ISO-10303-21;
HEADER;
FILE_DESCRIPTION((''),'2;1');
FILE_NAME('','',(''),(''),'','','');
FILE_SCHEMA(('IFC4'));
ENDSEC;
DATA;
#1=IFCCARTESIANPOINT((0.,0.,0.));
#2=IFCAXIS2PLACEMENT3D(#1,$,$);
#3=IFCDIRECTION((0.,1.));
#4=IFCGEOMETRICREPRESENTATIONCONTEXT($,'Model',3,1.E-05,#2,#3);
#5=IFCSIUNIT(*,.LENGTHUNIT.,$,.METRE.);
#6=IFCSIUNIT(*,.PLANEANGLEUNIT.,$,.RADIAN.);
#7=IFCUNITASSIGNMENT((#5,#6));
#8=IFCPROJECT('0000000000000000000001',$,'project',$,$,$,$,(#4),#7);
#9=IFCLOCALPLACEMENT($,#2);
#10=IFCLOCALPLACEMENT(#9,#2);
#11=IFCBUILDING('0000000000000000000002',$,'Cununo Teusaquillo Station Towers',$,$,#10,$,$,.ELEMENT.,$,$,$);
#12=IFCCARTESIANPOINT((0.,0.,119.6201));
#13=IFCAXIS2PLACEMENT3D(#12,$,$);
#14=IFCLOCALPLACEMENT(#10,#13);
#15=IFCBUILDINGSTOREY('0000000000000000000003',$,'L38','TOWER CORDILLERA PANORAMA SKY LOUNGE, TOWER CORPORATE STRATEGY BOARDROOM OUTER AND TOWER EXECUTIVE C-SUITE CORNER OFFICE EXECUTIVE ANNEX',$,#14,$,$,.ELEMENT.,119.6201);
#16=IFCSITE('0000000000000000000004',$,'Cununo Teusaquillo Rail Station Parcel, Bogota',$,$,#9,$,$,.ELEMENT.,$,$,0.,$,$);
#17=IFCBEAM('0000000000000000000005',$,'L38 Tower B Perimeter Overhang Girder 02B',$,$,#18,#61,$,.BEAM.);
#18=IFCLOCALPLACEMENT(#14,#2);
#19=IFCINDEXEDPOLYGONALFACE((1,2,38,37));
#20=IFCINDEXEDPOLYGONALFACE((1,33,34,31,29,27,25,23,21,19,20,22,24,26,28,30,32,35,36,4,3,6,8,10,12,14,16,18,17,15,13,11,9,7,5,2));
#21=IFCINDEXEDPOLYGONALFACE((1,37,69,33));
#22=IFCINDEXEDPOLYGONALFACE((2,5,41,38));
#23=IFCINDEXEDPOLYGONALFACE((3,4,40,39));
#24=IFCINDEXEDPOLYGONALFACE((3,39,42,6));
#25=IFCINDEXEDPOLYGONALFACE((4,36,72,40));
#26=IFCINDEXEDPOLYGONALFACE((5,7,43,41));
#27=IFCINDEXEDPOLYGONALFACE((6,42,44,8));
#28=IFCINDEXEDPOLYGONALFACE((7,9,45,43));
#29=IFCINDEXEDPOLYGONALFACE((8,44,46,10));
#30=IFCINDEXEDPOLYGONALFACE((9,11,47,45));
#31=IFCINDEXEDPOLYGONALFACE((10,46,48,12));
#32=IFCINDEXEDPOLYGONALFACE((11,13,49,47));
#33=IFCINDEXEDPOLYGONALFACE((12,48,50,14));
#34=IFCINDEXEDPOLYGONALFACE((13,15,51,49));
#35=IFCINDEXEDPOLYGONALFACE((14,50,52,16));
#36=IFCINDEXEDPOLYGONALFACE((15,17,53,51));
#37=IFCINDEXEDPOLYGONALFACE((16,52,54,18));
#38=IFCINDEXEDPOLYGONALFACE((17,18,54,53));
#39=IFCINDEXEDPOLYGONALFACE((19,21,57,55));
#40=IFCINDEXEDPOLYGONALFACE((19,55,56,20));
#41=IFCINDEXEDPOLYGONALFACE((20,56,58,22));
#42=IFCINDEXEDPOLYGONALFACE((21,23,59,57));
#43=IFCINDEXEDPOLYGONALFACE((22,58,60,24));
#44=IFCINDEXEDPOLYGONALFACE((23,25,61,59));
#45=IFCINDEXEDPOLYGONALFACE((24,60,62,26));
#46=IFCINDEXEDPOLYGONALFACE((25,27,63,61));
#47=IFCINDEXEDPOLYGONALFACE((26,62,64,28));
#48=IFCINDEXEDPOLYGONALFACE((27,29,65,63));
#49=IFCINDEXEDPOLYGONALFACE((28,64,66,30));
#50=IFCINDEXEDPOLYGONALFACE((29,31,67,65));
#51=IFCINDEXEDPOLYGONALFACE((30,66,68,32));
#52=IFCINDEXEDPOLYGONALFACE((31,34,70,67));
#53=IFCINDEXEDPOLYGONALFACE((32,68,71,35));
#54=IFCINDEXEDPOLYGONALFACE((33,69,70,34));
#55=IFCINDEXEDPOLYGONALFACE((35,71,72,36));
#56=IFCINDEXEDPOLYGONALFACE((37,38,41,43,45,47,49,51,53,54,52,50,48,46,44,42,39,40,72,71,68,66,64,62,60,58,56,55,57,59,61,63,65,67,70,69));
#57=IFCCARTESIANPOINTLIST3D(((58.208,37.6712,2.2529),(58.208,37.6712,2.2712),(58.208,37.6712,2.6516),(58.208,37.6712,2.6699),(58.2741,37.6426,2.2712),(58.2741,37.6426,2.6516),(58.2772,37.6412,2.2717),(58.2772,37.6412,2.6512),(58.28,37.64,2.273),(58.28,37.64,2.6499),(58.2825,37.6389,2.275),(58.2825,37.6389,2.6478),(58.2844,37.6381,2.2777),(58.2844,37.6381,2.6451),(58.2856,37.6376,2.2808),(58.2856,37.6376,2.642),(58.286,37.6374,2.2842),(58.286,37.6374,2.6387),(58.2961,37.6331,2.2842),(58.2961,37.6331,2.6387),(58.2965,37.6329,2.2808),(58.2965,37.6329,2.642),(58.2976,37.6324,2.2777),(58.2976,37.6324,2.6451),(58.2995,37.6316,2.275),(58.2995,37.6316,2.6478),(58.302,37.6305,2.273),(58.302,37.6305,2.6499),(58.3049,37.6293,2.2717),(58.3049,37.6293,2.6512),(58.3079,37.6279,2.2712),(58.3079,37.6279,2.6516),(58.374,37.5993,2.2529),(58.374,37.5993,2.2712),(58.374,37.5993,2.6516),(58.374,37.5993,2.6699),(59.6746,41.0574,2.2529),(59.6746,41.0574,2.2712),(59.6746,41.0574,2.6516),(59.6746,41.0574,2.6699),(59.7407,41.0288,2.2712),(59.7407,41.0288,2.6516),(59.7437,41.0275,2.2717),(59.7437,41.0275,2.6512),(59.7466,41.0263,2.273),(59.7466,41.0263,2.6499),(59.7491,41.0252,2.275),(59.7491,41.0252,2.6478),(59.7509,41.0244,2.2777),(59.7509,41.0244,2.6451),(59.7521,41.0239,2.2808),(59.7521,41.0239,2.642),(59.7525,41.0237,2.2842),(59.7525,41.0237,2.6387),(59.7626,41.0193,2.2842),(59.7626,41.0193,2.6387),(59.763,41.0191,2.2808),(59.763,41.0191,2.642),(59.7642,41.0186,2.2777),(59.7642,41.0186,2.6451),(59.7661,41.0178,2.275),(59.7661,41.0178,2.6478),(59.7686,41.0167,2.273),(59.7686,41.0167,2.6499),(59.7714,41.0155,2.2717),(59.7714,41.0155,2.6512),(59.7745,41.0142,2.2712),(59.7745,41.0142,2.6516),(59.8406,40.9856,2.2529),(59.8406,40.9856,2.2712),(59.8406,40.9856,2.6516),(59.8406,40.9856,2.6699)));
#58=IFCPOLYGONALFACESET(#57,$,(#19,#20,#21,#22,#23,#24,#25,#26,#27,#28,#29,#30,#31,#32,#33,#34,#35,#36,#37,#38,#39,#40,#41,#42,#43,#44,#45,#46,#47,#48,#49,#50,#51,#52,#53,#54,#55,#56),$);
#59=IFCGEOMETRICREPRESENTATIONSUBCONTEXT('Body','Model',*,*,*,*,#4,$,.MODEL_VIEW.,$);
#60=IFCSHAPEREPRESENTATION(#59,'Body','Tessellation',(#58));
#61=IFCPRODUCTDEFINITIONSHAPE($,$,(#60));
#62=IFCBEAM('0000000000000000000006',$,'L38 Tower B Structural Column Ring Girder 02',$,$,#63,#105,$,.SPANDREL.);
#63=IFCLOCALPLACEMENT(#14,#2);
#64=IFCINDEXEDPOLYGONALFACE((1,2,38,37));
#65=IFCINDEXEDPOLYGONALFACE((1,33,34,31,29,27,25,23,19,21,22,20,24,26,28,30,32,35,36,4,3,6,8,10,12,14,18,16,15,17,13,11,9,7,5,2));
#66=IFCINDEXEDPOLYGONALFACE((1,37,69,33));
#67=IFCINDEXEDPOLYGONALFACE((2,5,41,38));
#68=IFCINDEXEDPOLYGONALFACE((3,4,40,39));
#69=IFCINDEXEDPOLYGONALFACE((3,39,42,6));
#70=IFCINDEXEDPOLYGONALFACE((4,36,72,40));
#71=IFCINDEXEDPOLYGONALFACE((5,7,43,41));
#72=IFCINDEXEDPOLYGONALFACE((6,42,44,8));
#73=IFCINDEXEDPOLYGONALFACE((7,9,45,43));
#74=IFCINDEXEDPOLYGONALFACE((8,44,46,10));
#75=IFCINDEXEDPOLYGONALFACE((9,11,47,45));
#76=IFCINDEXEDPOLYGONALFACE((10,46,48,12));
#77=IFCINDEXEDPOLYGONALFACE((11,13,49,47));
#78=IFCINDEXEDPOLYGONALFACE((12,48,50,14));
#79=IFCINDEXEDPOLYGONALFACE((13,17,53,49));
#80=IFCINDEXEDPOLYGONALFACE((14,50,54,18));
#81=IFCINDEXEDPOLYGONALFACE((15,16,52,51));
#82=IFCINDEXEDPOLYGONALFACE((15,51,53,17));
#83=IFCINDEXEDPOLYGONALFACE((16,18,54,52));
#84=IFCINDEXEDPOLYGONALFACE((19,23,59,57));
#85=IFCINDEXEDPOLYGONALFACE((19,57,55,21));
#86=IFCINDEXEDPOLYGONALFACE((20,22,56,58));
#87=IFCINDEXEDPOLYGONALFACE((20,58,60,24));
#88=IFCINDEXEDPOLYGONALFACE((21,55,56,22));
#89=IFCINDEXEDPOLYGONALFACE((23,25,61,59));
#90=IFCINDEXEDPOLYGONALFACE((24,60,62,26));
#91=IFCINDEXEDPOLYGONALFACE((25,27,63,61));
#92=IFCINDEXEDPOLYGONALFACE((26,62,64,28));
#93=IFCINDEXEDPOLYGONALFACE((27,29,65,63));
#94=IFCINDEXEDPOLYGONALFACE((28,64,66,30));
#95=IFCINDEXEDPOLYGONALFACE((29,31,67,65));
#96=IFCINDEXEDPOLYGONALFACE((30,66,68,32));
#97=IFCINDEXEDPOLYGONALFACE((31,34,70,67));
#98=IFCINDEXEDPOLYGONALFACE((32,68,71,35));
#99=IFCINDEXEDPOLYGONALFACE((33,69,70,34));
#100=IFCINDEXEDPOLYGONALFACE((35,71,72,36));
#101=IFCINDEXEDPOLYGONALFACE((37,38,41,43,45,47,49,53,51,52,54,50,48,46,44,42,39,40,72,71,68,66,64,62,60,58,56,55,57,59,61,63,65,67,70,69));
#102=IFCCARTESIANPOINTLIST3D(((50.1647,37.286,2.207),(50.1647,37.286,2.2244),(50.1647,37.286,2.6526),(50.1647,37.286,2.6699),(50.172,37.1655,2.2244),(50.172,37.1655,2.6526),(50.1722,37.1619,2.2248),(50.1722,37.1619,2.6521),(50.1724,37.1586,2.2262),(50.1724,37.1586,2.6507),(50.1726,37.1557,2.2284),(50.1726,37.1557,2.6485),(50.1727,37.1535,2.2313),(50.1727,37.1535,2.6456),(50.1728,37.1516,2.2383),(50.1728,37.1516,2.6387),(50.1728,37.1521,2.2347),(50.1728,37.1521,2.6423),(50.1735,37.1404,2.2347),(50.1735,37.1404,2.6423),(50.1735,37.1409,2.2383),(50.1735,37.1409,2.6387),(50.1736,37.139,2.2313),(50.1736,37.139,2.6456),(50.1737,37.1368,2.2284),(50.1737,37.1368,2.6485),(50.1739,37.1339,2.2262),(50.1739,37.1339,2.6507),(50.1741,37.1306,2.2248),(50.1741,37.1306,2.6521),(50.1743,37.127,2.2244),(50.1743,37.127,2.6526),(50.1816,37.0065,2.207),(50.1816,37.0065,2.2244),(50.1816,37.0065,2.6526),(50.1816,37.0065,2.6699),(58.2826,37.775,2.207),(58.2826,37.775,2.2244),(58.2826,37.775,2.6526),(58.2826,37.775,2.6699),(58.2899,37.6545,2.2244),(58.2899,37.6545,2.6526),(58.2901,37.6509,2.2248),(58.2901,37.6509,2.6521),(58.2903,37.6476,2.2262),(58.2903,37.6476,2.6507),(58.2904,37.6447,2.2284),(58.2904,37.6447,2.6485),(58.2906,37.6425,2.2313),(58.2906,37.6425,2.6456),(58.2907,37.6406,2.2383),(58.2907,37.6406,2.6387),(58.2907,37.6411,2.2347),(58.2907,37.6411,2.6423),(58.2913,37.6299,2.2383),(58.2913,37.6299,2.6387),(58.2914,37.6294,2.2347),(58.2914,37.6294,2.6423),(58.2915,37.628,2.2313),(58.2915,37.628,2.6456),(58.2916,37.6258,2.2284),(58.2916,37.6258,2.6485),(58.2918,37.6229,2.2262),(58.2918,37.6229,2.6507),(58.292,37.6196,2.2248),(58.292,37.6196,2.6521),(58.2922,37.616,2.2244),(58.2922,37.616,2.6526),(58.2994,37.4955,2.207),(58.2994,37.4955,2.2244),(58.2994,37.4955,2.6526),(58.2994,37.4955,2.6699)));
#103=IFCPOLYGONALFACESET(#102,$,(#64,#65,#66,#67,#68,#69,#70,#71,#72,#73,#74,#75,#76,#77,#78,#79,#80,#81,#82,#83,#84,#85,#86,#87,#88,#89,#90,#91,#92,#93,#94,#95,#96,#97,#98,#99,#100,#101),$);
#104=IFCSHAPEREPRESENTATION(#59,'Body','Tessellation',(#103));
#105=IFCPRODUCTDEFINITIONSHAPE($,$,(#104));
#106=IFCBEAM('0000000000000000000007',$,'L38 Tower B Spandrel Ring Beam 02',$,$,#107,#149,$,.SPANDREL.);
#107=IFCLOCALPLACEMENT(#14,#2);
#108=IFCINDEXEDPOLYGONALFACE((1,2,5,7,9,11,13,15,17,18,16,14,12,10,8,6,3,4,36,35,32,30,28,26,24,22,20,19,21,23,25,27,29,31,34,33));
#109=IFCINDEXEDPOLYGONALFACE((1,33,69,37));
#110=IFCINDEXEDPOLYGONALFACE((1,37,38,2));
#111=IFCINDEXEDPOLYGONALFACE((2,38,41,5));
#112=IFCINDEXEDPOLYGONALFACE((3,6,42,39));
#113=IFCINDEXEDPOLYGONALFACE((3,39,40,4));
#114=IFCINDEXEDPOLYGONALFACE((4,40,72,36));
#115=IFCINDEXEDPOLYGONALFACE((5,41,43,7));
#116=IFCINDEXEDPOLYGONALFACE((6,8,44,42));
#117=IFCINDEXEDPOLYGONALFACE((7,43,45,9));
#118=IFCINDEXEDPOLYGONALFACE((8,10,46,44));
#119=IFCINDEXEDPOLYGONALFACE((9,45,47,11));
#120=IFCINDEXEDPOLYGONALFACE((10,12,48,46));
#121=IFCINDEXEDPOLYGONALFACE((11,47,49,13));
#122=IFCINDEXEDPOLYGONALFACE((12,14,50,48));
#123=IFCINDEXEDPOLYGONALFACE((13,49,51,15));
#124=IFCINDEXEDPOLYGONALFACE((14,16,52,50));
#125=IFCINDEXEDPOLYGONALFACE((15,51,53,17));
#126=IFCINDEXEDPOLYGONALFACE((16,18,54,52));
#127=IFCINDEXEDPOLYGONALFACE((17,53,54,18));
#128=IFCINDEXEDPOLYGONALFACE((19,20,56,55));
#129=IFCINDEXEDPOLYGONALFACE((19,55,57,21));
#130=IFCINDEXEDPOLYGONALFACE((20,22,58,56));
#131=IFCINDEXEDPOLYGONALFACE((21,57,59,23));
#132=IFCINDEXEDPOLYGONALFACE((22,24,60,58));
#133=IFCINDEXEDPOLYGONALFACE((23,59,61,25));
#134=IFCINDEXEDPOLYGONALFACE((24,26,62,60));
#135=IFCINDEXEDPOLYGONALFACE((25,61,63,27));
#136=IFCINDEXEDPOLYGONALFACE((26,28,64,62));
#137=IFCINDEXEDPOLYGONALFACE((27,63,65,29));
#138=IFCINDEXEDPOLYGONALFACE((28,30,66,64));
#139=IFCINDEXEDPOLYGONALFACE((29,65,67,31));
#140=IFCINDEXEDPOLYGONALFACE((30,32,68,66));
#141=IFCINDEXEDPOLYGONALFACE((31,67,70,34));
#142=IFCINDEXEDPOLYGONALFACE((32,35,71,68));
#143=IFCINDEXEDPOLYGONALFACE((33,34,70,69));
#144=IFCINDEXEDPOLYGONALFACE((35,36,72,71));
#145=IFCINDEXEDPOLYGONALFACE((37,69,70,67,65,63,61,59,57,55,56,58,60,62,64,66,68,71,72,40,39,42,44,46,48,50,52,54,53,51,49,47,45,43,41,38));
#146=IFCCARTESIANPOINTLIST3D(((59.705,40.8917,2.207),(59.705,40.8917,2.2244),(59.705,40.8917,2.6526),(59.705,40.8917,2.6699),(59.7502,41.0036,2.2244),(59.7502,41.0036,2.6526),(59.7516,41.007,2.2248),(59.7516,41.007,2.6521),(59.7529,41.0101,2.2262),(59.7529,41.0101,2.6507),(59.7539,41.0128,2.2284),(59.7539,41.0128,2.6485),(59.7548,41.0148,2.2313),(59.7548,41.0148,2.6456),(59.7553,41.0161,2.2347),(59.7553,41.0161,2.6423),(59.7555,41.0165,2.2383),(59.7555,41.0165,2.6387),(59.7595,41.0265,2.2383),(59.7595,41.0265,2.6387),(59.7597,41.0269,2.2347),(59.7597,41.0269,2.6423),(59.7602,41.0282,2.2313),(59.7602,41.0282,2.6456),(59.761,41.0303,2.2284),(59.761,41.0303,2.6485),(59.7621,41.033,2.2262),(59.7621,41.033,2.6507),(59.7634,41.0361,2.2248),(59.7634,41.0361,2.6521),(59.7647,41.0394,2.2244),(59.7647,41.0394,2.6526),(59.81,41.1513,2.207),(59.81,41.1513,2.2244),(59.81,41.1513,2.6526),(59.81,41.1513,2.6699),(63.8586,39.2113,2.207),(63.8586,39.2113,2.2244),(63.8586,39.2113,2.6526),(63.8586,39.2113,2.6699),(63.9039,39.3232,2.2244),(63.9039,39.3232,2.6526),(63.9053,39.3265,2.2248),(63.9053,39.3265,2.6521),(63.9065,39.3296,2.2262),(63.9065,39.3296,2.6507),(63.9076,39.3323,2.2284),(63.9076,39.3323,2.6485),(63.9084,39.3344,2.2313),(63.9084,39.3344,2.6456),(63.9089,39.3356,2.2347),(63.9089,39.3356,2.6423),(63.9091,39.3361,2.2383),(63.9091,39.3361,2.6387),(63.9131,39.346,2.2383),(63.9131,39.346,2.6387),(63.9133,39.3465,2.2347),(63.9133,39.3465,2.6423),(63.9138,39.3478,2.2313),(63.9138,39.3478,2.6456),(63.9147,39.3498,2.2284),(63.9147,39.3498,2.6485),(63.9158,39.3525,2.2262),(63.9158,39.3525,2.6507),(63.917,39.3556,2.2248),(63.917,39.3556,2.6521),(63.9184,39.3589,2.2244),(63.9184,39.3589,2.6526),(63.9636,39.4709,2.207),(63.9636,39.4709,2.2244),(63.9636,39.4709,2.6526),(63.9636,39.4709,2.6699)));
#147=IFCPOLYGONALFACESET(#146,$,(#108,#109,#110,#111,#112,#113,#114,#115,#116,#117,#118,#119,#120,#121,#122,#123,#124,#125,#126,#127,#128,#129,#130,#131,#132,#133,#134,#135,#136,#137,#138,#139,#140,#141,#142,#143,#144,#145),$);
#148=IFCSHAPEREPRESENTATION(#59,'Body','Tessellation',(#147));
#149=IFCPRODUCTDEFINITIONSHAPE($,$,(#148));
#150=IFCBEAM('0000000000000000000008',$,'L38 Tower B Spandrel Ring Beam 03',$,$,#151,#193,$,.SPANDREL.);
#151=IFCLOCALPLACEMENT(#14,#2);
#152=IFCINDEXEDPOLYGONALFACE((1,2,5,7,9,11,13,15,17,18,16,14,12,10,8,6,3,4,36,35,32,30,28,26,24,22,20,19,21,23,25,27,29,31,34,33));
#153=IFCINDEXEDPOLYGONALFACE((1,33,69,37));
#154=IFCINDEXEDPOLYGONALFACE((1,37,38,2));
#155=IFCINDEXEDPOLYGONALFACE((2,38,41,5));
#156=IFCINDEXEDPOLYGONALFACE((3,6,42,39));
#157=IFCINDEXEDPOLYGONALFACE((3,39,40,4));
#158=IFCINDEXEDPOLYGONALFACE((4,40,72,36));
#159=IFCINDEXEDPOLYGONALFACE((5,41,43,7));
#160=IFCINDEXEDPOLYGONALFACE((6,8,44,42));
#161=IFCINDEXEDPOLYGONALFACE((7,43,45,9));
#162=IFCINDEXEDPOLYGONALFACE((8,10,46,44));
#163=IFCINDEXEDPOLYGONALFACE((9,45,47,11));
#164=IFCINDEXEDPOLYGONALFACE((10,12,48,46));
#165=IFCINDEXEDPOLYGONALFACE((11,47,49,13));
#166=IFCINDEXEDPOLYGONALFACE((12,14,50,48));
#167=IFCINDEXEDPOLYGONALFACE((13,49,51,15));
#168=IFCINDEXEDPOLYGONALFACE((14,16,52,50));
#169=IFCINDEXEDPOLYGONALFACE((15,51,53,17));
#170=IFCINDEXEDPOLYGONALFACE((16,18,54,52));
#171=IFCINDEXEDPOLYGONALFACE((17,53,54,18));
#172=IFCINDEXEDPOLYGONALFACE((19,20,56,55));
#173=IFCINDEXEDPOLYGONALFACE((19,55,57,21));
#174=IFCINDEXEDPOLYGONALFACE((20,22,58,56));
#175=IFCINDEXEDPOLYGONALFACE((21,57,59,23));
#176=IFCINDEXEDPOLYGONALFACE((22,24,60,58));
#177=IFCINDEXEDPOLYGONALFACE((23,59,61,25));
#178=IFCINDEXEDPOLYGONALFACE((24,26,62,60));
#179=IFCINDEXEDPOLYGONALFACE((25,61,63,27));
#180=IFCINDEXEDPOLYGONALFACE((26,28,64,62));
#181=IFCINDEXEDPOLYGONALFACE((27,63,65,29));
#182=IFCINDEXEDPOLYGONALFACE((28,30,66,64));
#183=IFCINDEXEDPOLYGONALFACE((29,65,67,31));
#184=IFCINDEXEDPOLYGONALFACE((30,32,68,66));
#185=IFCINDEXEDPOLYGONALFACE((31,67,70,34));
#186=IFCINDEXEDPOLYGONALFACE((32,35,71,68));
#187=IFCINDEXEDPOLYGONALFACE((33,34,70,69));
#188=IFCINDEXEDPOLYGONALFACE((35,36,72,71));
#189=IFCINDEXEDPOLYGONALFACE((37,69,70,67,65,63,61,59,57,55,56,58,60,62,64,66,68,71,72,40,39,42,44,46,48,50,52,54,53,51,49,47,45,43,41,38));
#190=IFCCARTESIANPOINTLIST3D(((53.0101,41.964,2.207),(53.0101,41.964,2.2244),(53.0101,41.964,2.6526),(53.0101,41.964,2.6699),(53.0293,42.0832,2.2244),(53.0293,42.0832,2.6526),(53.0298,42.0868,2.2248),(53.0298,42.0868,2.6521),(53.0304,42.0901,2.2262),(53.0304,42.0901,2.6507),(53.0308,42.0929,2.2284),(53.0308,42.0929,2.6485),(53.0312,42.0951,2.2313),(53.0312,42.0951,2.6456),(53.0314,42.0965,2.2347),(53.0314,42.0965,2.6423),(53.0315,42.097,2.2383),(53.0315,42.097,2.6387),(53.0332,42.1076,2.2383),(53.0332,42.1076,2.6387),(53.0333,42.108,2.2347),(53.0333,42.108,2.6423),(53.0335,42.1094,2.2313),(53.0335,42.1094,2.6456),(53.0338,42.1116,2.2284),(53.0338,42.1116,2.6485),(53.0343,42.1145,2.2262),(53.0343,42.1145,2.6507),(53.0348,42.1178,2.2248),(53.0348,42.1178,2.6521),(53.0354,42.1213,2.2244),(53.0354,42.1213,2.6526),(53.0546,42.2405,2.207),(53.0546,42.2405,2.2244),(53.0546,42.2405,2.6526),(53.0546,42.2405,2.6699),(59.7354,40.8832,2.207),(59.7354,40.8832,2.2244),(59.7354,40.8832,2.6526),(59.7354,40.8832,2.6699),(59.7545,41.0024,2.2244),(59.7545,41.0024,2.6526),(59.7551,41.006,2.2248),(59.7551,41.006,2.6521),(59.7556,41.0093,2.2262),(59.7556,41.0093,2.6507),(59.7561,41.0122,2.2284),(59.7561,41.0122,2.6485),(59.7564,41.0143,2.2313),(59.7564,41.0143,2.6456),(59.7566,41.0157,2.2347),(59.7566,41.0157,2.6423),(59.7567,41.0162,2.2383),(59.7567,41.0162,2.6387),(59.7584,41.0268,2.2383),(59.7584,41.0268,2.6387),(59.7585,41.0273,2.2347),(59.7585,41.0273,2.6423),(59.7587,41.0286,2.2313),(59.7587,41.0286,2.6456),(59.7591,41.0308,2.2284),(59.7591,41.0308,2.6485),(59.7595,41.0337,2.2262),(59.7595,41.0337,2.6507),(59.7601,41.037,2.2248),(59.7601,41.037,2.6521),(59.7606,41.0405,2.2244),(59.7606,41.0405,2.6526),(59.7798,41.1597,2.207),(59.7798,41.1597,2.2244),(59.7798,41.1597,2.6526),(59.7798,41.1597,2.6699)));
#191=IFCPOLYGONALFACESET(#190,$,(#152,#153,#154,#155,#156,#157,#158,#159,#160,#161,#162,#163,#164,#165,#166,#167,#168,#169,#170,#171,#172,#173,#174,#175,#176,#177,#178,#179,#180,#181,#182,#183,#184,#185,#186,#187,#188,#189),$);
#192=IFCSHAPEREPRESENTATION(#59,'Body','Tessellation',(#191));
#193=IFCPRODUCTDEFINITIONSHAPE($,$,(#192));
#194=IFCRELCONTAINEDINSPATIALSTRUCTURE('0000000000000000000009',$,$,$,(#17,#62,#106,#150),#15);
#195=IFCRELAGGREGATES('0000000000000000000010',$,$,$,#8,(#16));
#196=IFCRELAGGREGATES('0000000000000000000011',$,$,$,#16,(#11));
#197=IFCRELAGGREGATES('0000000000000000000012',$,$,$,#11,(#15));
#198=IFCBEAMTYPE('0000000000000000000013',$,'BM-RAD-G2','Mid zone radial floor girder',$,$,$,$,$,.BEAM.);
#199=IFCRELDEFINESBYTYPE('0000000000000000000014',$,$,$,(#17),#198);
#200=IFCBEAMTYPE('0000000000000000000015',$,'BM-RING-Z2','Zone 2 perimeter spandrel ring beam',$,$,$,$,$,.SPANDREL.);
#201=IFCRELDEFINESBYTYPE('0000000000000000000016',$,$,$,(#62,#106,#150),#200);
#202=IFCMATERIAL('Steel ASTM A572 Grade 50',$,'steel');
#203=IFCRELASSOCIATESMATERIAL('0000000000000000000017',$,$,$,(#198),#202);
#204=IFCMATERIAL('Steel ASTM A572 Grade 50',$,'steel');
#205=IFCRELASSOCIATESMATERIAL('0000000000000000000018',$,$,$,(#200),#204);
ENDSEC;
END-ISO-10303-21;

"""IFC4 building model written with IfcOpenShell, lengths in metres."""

from ifc_helpers import new_model, si_unit, direction, frame, origin, origin_2d, place, context, subcontext, project, spatial, i_section, extrude, material, material_profile, profile_set, type_object, element, save


model = new_model("IFC4")

# Units and contexts
model_context = context("Model", 3, precision=1e-05, world=origin(), true_north=direction((0.0, 1.0)))
body_context = subcontext(model_context, "Body", "Model", "MODEL_VIEW")
ifc_project = project(units=[si_unit("LENGTHUNIT", "METRE"), si_unit("PLANEANGLEUNIT", "RADIAN")], contexts=[model_context])

# Site, building, storey
site_placement = place(None, origin())
site = spatial("IfcSite", under=ifc_project, at=site_placement, Name="Cununo Teusaquillo Rail Station Parcel, Bogota", CompositionType="ELEMENT", RefElevation=0.0)
building_placement = place(site_placement, origin())
building = spatial("IfcBuilding", under=site, at=building_placement, Name="Cununo Teusaquillo Station Towers", CompositionType="ELEMENT")
storey_placement = place(building_placement, frame((0.0, 0.0, 119.6201)))
storey = spatial("IfcBuildingStorey", under=building, at=storey_placement, Name="L38", Description="TOWER CORDILLERA PANORAMA SKY LOUNGE, TOWER CORPORATE STRATEGY BOARDROOM OUTER AND TOWER EXECUTIVE C-SUITE CORNER OFFICE EXECUTIVE ANNEX", CompositionType="ELEMENT", Elevation=119.6201)

# Beams
ifc_material_1 = material(Name="Steel ASTM A572 Grade 50", Category="steel")
ifc_material_profile_1 = material_profile(ifc_material_1, i_section(OverallWidth=0.1809, OverallDepth=0.417, WebThickness=0.011, FlangeThickness=0.0183, FilletRadius=0.0129, at=origin_2d()), Name="W16X57")
ifc_profile_set_1 = profile_set([ifc_material_profile_1], Name="Steel ASTM A572 Grade 50")
beam_type_1 = type_object("IfcBeamType", Name="BM-RAD-G2", Description="Mid zone radial floor girder", PredefinedType="BEAM", material=ifc_profile_set_1)
beam_1_placement = place(storey_placement, frame((58.291, 37.6353, 2.4614), z_axis=(0.397422, 0.917636, 0.0), x_axis=(-0.917636, 0.397422, 0.0)))
element("IfcBeam", 1, at=beam_1_placement, inside=storey, type_object=beam_type_1, Name="L38 Tower B Perimeter Overhang Girder 02B", PredefinedType="BEAM", context=body_context, shape_type="SweptSolid", body=[
    extrude(i_section(OverallWidth=0.1809, OverallDepth=0.417, WebThickness=0.011, FlangeThickness=0.0183, FilletRadius=0.0129, at=origin_2d()), origin(), (0.0, 0.0, 1.0), 3.6902),
])
ifc_material_2 = material(Name="Steel ASTM A572 Grade 50", Category="steel")
ifc_material_profile_2 = material_profile(ifc_material_2, i_section(OverallWidth=0.28, OverallDepth=0.4629, WebThickness=0.0107, FlangeThickness=0.0173, FilletRadius=0.0139, at=origin_2d()), Name="W18X76")
ifc_profile_set_2 = profile_set([ifc_material_profile_2], Name="Steel ASTM A572 Grade 50")
beam_type_2 = type_object("IfcBeamType", Name="BM-RING-Z2", Description="Zone 2 perimeter spandrel ring beam", PredefinedType="SPANDREL", material=ifc_profile_set_2)
beam_2_placement = place(storey_placement, frame((58.291, 37.6353, 2.4385), z_axis=(-0.998191, -0.06013, 0.0), x_axis=(0.06013, -0.998191, 0.0)))
element("IfcBeam", 2, at=beam_2_placement, inside=storey, type_object=beam_type_2, Name="L38 Tower B Structural Column Ring Girder 02", PredefinedType="SPANDREL", context=body_context, shape_type="SweptSolid", body=[
    extrude(i_section(OverallWidth=0.28, OverallDepth=0.4629, WebThickness=0.0107, FlangeThickness=0.0173, FilletRadius=0.0139, at=origin_2d()), origin(), (0.0, 0.0, 1.0), 8.1326),
])
beam_3_placement = place(storey_placement, frame((63.9111, 39.3411, 2.4385), z_axis=(-0.927008, 0.375042, 0.0), x_axis=(-0.375042, -0.927008, 0.0)))
element("IfcBeam", 3, at=beam_3_placement, inside=storey, type_object=beam_type_2, Name="L38 Tower B Spandrel Ring Beam 02", PredefinedType="SPANDREL", context=body_context, shape_type="SweptSolid", body=[
    extrude(i_section(OverallWidth=0.28, OverallDepth=0.4629, WebThickness=0.0107, FlangeThickness=0.0173, FilletRadius=0.0139, at=origin_2d()), origin(), (0.0, 0.0, 1.0), 4.4807),
])
beam_4_placement = place(storey_placement, frame((59.7576, 41.0215, 2.4385), z_axis=(-0.987331, 0.158671, 0.0), x_axis=(-0.158671, -0.987331, 0.0)))
element("IfcBeam", 4, at=beam_4_placement, inside=storey, type_object=beam_type_2, Name="L38 Tower B Spandrel Ring Beam 03", PredefinedType="SPANDREL", context=body_context, shape_type="SweptSolid", body=[
    extrude(i_section(OverallWidth=0.28, OverallDepth=0.4629, WebThickness=0.0107, FlangeThickness=0.0173, FilletRadius=0.0139, at=origin_2d()), origin(), (0.0, 0.0, 1.0), 6.8115),
])

save(model, "model.ifc")
